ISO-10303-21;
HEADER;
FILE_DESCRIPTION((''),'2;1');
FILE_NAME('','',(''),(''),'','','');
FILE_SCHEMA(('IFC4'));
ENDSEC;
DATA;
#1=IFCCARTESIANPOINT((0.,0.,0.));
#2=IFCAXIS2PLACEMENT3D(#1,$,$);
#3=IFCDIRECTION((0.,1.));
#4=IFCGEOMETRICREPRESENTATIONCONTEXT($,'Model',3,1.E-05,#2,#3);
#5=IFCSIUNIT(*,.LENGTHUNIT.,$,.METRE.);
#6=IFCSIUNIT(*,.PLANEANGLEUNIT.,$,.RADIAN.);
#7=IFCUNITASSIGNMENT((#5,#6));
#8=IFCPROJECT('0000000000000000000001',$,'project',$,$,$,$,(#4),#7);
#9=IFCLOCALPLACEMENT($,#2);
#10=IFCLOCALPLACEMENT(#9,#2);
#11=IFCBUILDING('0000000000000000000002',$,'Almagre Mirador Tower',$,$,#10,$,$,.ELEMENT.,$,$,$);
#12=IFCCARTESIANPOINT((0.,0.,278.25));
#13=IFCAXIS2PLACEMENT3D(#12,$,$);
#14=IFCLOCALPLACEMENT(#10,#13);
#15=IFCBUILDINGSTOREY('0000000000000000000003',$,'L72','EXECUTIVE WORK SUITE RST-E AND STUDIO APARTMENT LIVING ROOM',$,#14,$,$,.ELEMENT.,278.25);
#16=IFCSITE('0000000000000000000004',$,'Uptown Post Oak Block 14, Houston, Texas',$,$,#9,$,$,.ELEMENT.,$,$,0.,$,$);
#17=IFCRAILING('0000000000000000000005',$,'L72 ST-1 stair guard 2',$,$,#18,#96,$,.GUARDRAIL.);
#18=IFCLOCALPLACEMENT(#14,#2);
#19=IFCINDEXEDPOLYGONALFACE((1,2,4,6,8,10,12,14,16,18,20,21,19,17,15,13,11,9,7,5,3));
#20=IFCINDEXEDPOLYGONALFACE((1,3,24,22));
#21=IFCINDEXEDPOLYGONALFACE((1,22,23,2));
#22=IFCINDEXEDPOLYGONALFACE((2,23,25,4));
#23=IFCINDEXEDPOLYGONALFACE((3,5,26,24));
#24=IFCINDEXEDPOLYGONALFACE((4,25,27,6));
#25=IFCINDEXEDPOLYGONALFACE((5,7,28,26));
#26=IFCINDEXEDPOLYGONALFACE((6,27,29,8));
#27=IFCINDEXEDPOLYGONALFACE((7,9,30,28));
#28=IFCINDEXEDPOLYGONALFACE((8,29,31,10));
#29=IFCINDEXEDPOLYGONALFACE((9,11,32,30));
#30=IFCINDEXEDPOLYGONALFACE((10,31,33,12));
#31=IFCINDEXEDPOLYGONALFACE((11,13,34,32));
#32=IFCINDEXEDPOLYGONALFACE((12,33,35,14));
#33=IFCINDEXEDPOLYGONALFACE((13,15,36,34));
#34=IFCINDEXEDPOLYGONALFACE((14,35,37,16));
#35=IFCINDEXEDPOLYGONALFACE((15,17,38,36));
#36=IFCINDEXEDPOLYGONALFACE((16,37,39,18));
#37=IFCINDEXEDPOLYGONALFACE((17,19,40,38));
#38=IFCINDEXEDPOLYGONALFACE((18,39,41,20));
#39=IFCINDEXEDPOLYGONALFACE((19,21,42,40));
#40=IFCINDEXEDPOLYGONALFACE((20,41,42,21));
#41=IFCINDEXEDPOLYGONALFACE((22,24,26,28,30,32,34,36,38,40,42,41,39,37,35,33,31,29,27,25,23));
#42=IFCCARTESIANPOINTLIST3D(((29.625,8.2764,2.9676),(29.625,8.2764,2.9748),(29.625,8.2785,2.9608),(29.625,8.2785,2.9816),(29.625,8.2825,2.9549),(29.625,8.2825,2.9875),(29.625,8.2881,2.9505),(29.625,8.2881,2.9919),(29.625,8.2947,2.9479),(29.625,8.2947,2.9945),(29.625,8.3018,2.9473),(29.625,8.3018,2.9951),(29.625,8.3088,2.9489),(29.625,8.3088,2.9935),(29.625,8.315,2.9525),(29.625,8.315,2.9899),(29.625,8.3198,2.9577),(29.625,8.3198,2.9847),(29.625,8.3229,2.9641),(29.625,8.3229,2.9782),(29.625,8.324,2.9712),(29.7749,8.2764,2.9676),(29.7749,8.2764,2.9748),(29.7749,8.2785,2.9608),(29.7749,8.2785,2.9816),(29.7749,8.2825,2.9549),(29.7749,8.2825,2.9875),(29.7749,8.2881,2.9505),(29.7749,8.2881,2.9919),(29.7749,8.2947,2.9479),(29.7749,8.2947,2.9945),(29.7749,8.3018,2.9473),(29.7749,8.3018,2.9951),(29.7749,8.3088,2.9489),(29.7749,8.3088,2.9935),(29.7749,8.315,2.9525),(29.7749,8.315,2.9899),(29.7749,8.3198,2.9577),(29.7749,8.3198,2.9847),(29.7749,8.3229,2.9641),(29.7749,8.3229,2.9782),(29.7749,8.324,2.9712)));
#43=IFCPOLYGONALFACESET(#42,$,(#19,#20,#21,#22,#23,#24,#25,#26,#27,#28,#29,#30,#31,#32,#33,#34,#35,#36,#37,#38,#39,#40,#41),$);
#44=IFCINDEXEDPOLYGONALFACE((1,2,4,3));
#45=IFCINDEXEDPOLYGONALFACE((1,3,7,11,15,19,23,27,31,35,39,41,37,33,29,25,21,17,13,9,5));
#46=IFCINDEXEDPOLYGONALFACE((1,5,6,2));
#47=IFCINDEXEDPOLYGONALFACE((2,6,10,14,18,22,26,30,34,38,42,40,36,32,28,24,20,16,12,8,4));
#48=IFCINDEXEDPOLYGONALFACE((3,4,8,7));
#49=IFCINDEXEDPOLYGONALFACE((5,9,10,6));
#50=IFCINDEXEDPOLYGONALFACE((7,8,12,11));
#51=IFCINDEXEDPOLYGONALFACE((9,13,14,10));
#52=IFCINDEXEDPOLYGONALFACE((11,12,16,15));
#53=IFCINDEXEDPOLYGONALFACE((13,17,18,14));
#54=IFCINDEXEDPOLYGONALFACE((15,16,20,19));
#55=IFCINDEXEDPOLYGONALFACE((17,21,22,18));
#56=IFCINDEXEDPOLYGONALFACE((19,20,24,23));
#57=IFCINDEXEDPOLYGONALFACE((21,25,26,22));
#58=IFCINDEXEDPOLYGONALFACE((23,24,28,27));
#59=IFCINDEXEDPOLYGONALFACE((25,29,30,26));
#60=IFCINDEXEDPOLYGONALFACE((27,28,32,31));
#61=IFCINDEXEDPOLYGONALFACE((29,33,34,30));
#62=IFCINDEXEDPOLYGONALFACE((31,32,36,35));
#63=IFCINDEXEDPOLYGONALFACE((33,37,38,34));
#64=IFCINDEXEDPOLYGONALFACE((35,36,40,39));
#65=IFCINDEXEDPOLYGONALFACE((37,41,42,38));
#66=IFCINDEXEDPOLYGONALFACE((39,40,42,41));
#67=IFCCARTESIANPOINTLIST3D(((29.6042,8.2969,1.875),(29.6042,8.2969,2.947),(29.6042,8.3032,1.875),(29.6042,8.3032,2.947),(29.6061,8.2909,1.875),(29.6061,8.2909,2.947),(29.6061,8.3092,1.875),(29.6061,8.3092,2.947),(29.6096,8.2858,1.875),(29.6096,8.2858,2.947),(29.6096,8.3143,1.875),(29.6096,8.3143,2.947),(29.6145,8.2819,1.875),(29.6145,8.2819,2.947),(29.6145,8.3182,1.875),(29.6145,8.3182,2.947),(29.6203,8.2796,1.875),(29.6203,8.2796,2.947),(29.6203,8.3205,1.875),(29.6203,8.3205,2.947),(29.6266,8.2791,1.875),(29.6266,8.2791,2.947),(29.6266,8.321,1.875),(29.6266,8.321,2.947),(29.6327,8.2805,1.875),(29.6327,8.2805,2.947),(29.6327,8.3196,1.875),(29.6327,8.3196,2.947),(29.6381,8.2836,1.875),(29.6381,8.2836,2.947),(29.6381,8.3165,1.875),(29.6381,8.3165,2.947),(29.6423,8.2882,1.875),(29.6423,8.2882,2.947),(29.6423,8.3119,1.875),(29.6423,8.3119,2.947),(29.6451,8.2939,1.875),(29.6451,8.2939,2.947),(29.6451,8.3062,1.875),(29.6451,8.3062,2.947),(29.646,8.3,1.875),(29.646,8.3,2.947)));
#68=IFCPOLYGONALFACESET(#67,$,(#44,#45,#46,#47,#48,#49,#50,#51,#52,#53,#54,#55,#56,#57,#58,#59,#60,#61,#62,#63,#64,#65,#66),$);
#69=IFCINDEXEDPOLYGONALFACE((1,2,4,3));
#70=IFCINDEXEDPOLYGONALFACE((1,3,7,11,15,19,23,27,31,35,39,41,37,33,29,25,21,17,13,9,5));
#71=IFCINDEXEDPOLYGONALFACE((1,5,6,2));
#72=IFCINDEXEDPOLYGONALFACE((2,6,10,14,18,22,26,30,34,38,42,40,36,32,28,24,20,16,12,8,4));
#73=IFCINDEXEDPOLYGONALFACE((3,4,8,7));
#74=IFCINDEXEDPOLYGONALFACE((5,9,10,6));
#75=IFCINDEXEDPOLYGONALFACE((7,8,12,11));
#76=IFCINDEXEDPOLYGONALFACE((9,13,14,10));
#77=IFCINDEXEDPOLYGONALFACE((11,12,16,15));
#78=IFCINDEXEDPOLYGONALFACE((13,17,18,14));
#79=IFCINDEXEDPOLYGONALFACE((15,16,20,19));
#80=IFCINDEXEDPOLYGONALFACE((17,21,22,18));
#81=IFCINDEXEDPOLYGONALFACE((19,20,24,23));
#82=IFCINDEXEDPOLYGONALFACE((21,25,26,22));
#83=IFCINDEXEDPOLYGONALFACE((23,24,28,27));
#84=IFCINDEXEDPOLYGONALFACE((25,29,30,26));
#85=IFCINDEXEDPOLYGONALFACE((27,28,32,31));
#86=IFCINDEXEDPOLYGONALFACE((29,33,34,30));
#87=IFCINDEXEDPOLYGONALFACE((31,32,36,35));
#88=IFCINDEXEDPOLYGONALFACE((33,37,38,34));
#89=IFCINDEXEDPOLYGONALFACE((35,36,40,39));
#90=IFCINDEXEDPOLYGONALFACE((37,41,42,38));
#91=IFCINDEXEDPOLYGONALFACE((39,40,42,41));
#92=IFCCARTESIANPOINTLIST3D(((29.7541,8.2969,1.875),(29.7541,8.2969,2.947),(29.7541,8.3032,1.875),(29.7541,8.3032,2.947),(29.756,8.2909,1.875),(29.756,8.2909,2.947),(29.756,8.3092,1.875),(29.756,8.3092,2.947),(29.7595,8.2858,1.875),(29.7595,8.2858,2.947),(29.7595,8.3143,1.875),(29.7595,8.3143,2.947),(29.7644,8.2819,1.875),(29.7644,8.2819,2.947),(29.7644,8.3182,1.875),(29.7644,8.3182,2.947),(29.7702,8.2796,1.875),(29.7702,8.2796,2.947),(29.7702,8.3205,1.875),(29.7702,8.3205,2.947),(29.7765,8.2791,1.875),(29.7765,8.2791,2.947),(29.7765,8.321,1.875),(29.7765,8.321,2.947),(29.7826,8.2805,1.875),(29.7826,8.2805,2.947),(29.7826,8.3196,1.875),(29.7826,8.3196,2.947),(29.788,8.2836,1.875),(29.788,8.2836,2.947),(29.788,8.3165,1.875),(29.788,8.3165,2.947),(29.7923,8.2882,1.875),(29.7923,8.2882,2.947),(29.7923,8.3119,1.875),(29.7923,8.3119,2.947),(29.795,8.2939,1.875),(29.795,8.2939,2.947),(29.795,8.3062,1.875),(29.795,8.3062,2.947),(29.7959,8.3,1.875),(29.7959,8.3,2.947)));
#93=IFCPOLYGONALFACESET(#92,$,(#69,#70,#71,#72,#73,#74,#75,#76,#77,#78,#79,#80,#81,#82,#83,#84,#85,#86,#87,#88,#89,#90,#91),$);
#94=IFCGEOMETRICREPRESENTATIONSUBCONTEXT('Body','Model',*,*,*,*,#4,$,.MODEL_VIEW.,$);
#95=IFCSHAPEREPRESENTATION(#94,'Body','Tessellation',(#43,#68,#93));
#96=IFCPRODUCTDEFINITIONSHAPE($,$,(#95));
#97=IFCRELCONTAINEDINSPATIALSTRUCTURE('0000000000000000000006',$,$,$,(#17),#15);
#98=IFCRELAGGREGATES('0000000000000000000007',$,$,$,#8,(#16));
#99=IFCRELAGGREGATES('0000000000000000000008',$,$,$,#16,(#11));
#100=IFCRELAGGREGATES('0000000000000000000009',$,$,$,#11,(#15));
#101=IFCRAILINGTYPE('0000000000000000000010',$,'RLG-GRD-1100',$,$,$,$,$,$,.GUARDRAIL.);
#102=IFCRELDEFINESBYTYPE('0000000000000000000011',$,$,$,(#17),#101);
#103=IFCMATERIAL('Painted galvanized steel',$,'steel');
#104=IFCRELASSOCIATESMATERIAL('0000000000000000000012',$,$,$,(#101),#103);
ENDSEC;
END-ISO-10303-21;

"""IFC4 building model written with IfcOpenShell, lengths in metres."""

from ifc_helpers import new_model, si_unit, direction, frame, origin, origin_2d, place, context, subcontext, project, spatial, circle, extrude, material, type_object, element, save


model = new_model("IFC4")

# Units and contexts
model_context = context("Model", 3, precision=1e-05, world=origin(), true_north=direction((0.0, 1.0)))
body_context = subcontext(model_context, "Body", "Model", "MODEL_VIEW")
ifc_project = project(units=[si_unit("LENGTHUNIT", "METRE"), si_unit("PLANEANGLEUNIT", "RADIAN")], contexts=[model_context])

# Site, building, storey
site_placement = place(None, origin())
site = spatial("IfcSite", under=ifc_project, at=site_placement, Name="Uptown Post Oak Block 14, Houston, Texas", CompositionType="ELEMENT", RefElevation=0.0)
building_placement = place(site_placement, origin())
building = spatial("IfcBuilding", under=site, at=building_placement, Name="Almagre Mirador Tower", CompositionType="ELEMENT")
storey_placement = place(building_placement, frame((0.0, 0.0, 278.25)))
storey = spatial("IfcBuildingStorey", under=building, at=storey_placement, Name="L72", Description="EXECUTIVE WORK SUITE RST-E AND STUDIO APARTMENT LIVING ROOM", CompositionType="ELEMENT", Elevation=278.25)

# Railing
ifc_material_1 = material(Name="Painted galvanized steel", Category="steel")
railing_type_1 = type_object("IfcRailingType", Name="RLG-GRD-1100", PredefinedType="GUARDRAIL", material=ifc_material_1)
railing_1_placement = place(storey_placement, frame((29.625, 8.3, 1.875)))
element("IfcRailing", 1, at=railing_1_placement, inside=storey, type_object=railing_type_1, Name="L72 ST-1 stair guard 2", PredefinedType="GUARDRAIL", context=body_context, shape_type="SweptSolid", body=[
    extrude(circle(Radius=0.0239, at=origin_2d()), frame((0.0, 0.0, 1.0962), z_axis=(1.0, 0.0, 0.0), x_axis=(0.0, 1.0, 0.0)), (0.0, 0.0, 1.0), 0.1499),
    extrude(circle(Radius=0.021, at=origin_2d()), origin(), (0.0, 0.0, 1.0), 1.072),
    extrude(circle(Radius=0.021, at=origin_2d()), frame((0.1499, 0.0, 0.0)), (0.0, 0.0, 1.0), 1.072),
])

save(model, "model.ifc")
